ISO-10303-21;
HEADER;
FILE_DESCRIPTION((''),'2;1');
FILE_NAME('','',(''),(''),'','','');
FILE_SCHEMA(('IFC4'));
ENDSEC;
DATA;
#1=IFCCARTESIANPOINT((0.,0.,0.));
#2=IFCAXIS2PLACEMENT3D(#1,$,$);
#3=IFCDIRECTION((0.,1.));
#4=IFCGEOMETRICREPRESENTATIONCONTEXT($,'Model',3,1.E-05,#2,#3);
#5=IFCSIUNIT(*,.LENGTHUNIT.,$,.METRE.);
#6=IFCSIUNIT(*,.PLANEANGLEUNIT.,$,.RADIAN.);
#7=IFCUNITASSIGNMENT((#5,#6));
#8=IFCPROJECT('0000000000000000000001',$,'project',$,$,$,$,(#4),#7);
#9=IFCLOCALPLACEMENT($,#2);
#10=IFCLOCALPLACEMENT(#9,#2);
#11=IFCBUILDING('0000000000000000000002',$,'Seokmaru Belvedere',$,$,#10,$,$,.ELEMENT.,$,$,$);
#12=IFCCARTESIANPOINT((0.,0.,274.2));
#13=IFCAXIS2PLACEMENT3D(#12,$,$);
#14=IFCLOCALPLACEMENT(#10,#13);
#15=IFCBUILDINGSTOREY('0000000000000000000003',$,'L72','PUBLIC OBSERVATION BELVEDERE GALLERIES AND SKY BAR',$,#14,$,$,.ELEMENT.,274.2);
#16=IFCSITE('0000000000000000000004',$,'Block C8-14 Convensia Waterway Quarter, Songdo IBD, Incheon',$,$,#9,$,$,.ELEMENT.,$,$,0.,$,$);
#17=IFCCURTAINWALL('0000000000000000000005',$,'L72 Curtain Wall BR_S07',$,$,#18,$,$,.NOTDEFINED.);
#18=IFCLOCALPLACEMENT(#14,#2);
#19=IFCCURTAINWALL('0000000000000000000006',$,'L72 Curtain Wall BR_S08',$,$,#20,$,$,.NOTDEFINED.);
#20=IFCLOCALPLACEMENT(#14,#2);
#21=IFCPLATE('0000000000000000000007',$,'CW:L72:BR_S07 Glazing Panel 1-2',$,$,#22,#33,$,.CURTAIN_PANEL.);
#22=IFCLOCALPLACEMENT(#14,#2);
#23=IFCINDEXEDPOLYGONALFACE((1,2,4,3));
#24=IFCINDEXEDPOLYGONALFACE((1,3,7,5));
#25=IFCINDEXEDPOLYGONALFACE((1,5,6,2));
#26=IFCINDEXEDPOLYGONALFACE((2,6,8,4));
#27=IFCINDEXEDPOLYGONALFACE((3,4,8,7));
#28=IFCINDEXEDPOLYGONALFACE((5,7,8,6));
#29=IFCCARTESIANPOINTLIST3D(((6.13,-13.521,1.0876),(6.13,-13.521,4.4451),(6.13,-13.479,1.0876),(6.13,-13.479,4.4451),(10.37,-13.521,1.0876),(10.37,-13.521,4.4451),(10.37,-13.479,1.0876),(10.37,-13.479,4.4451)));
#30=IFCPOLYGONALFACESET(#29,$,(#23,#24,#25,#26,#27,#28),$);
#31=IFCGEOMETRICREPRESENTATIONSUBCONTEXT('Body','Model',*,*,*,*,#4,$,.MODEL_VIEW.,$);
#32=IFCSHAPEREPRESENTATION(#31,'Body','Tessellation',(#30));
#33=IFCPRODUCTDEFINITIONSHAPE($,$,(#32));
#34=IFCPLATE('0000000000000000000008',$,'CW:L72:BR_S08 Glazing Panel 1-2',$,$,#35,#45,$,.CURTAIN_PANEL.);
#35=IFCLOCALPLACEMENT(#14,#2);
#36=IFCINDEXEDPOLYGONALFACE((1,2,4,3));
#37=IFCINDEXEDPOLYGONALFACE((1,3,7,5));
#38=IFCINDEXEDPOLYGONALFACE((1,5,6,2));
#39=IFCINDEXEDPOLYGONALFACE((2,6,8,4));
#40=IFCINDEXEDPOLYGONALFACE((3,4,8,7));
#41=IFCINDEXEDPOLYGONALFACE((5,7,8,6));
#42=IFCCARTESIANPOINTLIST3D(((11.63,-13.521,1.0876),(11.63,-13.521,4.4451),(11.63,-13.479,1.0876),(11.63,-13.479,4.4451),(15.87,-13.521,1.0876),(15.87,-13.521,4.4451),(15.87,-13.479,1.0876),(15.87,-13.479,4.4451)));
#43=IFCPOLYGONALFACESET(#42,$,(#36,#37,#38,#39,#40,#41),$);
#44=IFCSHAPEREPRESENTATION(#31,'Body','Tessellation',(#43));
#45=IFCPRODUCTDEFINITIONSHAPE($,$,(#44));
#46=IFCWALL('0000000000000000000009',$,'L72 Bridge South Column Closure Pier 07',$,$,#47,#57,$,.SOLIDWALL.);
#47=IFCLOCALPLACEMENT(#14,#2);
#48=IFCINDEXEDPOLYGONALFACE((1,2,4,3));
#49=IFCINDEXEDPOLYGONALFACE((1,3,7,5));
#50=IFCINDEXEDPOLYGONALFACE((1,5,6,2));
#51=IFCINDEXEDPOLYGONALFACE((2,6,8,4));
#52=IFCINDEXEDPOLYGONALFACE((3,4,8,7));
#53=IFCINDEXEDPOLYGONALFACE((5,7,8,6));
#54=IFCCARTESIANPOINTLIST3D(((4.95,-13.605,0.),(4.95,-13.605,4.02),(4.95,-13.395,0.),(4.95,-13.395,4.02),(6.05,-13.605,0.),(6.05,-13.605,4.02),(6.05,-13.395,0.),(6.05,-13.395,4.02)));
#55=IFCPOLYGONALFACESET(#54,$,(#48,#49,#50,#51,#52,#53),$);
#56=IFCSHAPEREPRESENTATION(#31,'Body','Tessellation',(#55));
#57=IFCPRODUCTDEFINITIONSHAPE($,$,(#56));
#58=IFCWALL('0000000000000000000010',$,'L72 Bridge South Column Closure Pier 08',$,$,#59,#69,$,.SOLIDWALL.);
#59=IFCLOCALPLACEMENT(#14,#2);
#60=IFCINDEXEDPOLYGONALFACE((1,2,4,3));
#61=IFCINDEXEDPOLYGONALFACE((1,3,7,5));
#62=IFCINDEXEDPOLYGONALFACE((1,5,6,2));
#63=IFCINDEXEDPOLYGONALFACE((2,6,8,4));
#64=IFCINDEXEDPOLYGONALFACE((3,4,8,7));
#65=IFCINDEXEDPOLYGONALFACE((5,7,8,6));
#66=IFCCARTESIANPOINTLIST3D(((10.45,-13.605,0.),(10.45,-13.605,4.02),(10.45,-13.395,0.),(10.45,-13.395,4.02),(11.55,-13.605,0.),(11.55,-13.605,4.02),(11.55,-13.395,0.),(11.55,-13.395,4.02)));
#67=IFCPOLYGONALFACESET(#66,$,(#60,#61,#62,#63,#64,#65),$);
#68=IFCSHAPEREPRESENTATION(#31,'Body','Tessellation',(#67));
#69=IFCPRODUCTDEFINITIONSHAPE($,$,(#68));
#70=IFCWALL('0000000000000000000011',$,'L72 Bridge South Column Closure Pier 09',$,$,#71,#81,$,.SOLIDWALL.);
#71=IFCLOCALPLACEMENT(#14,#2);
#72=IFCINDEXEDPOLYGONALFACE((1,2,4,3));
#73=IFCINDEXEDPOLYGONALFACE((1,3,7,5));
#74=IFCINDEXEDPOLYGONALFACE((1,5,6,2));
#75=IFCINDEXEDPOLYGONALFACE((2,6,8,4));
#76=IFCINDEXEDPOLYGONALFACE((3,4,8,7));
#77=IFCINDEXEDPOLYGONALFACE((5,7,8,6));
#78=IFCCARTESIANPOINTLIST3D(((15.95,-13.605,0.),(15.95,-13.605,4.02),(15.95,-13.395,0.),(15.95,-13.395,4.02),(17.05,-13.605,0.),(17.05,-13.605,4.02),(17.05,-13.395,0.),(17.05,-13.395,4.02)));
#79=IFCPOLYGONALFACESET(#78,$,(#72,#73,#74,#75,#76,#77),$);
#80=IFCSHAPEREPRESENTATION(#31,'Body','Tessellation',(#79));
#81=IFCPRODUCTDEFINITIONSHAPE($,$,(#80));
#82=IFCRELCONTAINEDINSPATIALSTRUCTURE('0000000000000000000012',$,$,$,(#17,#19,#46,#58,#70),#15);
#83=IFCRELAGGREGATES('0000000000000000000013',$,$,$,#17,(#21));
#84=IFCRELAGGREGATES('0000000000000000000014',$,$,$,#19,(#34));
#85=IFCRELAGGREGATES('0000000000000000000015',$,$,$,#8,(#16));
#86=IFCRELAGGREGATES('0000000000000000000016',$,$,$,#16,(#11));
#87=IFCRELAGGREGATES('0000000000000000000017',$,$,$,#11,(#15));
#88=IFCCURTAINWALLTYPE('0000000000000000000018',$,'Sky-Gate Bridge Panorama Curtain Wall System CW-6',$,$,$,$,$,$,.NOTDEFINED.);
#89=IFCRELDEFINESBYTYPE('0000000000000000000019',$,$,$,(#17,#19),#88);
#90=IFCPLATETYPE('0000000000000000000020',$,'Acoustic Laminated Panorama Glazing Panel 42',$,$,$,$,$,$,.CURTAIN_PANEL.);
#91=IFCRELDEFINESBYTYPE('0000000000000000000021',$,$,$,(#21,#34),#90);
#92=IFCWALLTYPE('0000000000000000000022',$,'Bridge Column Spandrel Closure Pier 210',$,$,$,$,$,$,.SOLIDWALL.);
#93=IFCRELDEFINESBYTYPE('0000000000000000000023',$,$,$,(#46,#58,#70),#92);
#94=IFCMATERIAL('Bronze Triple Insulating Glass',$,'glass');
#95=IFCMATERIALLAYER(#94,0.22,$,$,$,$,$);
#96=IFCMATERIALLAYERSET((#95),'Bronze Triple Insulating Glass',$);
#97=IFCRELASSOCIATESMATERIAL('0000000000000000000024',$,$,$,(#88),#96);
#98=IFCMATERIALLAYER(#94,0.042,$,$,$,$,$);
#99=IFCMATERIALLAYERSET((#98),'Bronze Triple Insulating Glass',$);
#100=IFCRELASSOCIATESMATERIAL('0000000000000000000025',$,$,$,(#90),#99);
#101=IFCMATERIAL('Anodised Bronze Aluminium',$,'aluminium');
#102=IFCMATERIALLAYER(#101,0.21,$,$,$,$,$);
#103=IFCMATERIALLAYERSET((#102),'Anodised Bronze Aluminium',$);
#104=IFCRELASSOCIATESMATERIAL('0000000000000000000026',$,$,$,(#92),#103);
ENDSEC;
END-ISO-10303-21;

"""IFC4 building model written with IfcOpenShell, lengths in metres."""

from ifc_helpers import new_model, si_unit, direction, frame, frame_2d, origin, origin_2d, place, context, subcontext, project, spatial, rectangle, extrude, source, transform, mapped, material, layer, layer_set, type_object, type_shapes, element, aggregate, save


model = new_model("IFC4")

# Units and contexts
model_context = context("Model", 3, precision=1e-05, world=origin(), true_north=direction((0.0, 1.0)))
body_context = subcontext(model_context, "Body", "Model", "MODEL_VIEW")
ifc_project = project(units=[si_unit("LENGTHUNIT", "METRE"), si_unit("PLANEANGLEUNIT", "RADIAN")], contexts=[model_context])

# Site, building, storey
site_placement = place(None, origin())
site = spatial("IfcSite", under=ifc_project, at=site_placement, Name="Block C8-14 Convensia Waterway Quarter, Songdo IBD, Incheon", CompositionType="ELEMENT", RefElevation=0.0)
building_placement = place(site_placement, origin())
building = spatial("IfcBuilding", under=site, at=building_placement, Name="Seokmaru Belvedere", CompositionType="ELEMENT")
storey_placement = place(building_placement, frame((0.0, 0.0, 274.2)))
storey = spatial("IfcBuildingStorey", under=building, at=storey_placement, Name="L72", Description="PUBLIC OBSERVATION BELVEDERE GALLERIES AND SKY BAR", CompositionType="ELEMENT", Elevation=274.2)

# Curtain walls
ifc_material_1 = material(Name="Bronze Triple Insulating Glass", Category="glass")
ifc_layer_1 = layer(ifc_material_1, 0.22)
ifc_layer_set_1 = layer_set([ifc_layer_1], Name="Bronze Triple Insulating Glass")
curtain_wall_type = type_object("IfcCurtainWallType", Name="Sky-Gate Bridge Panorama Curtain Wall System CW-6", PredefinedType="NOTDEFINED", material=ifc_layer_set_1)
ifc_material_2 = material(Name="Anodised Bronze Aluminium", Category="aluminium")
curtain_wall_1_placement = place(storey_placement, origin())
curtain_wall_1 = element("IfcCurtainWall", 1, at=curtain_wall_1_placement, inside=storey, type_object=curtain_wall_type, Name="L72 Curtain Wall BR_S07", PredefinedType="NOTDEFINED")
curtain_wall_2_placement = place(storey_placement, origin())
curtain_wall_2 = element("IfcCurtainWall", 2, at=curtain_wall_2_placement, inside=storey, type_object=curtain_wall_type, Name="L72 Curtain Wall BR_S08", PredefinedType="NOTDEFINED")

# Plates
ifc_layer_2 = layer(ifc_material_1, 0.042)
ifc_layer_set_2 = layer_set([ifc_layer_2], Name="Bronze Triple Insulating Glass")
plate_type_1 = type_object("IfcPlateType", Name="Acoustic Laminated Panorama Glazing Panel 42", PredefinedType="CURTAIN_PANEL", material=ifc_layer_set_2)
shared_shape_1 = source(origin(), body_context, "Body", "SweptSolid", [
    extrude(rectangle(XDim=4.24, YDim=0.042, at=origin_2d()), origin(), (0.0, 0.0, 1.0), 3.3574),
])
type_shapes(plate_type_1, [shared_shape_1])
plate_1_placement = place(storey_placement, frame((8.25, -13.5, 1.0876), z_axis=(0.0, 0.0, 1.0), x_axis=(1.0, 0.0, 0.0)))
plate_1 = element("IfcPlate", 3, at=plate_1_placement, type_object=plate_type_1, Name="CW:L72:BR_S07 Glazing Panel 1-2", PredefinedType="CURTAIN_PANEL", context=body_context, shape_type="MappedRepresentation", body=[
    mapped(shared_shape_1, transform((0.0, 0.0, 0.0), scale=1.0)),
])
aggregate(curtain_wall_1, [plate_1])
plate_2_placement = place(storey_placement, frame((13.75, -13.5, 1.0876), z_axis=(0.0, 0.0, 1.0), x_axis=(1.0, 0.0, 0.0)))
plate_2 = element("IfcPlate", 4, at=plate_2_placement, type_object=plate_type_1, Name="CW:L72:BR_S08 Glazing Panel 1-2", PredefinedType="CURTAIN_PANEL", context=body_context, shape_type="MappedRepresentation", body=[
    mapped(shared_shape_1, transform((0.0, 0.0, 0.0), scale=1.0)),
])
aggregate(curtain_wall_2, [plate_2])

# Walls
ifc_layer_3 = layer(ifc_material_2, 0.21)
ifc_layer_set_3 = layer_set([ifc_layer_3], Name="Anodised Bronze Aluminium")
wall_type = type_object("IfcWallType", Name="Bridge Column Spandrel Closure Pier 210", PredefinedType="SOLIDWALL", material=ifc_layer_set_3)
for number, where, z_axis, x_axis, name in (
    (5, (4.95, -13.5, 0.0), (0.0, 0.0, 1.0), (1.0, 0.0, 0.0), "L72 Bridge South Column Closure Pier 07"),
    (6, (10.45, -13.5, 0.0), (0.0, 0.0, 1.0), (1.0, 0.0, 0.0), "L72 Bridge South Column Closure Pier 08"),
    (7, (15.95, -13.5, 0.0), (0.0, 0.0, 1.0), (1.0, 0.0, 0.0), "L72 Bridge South Column Closure Pier 09"),
):
    element("IfcWall", number, at=place(storey_placement, frame(where, z_axis=z_axis, x_axis=x_axis)), inside=storey, type_object=wall_type, Name=name, PredefinedType="SOLIDWALL", context=body_context, shape_type="SweptSolid", body=[
        extrude(rectangle(XDim=1.1001, YDim=0.21, at=frame_2d((0.55, 0.0))), origin(), (0.0, 0.0, 1.0), 4.02),
    ])

save(model, "model.ifc")
